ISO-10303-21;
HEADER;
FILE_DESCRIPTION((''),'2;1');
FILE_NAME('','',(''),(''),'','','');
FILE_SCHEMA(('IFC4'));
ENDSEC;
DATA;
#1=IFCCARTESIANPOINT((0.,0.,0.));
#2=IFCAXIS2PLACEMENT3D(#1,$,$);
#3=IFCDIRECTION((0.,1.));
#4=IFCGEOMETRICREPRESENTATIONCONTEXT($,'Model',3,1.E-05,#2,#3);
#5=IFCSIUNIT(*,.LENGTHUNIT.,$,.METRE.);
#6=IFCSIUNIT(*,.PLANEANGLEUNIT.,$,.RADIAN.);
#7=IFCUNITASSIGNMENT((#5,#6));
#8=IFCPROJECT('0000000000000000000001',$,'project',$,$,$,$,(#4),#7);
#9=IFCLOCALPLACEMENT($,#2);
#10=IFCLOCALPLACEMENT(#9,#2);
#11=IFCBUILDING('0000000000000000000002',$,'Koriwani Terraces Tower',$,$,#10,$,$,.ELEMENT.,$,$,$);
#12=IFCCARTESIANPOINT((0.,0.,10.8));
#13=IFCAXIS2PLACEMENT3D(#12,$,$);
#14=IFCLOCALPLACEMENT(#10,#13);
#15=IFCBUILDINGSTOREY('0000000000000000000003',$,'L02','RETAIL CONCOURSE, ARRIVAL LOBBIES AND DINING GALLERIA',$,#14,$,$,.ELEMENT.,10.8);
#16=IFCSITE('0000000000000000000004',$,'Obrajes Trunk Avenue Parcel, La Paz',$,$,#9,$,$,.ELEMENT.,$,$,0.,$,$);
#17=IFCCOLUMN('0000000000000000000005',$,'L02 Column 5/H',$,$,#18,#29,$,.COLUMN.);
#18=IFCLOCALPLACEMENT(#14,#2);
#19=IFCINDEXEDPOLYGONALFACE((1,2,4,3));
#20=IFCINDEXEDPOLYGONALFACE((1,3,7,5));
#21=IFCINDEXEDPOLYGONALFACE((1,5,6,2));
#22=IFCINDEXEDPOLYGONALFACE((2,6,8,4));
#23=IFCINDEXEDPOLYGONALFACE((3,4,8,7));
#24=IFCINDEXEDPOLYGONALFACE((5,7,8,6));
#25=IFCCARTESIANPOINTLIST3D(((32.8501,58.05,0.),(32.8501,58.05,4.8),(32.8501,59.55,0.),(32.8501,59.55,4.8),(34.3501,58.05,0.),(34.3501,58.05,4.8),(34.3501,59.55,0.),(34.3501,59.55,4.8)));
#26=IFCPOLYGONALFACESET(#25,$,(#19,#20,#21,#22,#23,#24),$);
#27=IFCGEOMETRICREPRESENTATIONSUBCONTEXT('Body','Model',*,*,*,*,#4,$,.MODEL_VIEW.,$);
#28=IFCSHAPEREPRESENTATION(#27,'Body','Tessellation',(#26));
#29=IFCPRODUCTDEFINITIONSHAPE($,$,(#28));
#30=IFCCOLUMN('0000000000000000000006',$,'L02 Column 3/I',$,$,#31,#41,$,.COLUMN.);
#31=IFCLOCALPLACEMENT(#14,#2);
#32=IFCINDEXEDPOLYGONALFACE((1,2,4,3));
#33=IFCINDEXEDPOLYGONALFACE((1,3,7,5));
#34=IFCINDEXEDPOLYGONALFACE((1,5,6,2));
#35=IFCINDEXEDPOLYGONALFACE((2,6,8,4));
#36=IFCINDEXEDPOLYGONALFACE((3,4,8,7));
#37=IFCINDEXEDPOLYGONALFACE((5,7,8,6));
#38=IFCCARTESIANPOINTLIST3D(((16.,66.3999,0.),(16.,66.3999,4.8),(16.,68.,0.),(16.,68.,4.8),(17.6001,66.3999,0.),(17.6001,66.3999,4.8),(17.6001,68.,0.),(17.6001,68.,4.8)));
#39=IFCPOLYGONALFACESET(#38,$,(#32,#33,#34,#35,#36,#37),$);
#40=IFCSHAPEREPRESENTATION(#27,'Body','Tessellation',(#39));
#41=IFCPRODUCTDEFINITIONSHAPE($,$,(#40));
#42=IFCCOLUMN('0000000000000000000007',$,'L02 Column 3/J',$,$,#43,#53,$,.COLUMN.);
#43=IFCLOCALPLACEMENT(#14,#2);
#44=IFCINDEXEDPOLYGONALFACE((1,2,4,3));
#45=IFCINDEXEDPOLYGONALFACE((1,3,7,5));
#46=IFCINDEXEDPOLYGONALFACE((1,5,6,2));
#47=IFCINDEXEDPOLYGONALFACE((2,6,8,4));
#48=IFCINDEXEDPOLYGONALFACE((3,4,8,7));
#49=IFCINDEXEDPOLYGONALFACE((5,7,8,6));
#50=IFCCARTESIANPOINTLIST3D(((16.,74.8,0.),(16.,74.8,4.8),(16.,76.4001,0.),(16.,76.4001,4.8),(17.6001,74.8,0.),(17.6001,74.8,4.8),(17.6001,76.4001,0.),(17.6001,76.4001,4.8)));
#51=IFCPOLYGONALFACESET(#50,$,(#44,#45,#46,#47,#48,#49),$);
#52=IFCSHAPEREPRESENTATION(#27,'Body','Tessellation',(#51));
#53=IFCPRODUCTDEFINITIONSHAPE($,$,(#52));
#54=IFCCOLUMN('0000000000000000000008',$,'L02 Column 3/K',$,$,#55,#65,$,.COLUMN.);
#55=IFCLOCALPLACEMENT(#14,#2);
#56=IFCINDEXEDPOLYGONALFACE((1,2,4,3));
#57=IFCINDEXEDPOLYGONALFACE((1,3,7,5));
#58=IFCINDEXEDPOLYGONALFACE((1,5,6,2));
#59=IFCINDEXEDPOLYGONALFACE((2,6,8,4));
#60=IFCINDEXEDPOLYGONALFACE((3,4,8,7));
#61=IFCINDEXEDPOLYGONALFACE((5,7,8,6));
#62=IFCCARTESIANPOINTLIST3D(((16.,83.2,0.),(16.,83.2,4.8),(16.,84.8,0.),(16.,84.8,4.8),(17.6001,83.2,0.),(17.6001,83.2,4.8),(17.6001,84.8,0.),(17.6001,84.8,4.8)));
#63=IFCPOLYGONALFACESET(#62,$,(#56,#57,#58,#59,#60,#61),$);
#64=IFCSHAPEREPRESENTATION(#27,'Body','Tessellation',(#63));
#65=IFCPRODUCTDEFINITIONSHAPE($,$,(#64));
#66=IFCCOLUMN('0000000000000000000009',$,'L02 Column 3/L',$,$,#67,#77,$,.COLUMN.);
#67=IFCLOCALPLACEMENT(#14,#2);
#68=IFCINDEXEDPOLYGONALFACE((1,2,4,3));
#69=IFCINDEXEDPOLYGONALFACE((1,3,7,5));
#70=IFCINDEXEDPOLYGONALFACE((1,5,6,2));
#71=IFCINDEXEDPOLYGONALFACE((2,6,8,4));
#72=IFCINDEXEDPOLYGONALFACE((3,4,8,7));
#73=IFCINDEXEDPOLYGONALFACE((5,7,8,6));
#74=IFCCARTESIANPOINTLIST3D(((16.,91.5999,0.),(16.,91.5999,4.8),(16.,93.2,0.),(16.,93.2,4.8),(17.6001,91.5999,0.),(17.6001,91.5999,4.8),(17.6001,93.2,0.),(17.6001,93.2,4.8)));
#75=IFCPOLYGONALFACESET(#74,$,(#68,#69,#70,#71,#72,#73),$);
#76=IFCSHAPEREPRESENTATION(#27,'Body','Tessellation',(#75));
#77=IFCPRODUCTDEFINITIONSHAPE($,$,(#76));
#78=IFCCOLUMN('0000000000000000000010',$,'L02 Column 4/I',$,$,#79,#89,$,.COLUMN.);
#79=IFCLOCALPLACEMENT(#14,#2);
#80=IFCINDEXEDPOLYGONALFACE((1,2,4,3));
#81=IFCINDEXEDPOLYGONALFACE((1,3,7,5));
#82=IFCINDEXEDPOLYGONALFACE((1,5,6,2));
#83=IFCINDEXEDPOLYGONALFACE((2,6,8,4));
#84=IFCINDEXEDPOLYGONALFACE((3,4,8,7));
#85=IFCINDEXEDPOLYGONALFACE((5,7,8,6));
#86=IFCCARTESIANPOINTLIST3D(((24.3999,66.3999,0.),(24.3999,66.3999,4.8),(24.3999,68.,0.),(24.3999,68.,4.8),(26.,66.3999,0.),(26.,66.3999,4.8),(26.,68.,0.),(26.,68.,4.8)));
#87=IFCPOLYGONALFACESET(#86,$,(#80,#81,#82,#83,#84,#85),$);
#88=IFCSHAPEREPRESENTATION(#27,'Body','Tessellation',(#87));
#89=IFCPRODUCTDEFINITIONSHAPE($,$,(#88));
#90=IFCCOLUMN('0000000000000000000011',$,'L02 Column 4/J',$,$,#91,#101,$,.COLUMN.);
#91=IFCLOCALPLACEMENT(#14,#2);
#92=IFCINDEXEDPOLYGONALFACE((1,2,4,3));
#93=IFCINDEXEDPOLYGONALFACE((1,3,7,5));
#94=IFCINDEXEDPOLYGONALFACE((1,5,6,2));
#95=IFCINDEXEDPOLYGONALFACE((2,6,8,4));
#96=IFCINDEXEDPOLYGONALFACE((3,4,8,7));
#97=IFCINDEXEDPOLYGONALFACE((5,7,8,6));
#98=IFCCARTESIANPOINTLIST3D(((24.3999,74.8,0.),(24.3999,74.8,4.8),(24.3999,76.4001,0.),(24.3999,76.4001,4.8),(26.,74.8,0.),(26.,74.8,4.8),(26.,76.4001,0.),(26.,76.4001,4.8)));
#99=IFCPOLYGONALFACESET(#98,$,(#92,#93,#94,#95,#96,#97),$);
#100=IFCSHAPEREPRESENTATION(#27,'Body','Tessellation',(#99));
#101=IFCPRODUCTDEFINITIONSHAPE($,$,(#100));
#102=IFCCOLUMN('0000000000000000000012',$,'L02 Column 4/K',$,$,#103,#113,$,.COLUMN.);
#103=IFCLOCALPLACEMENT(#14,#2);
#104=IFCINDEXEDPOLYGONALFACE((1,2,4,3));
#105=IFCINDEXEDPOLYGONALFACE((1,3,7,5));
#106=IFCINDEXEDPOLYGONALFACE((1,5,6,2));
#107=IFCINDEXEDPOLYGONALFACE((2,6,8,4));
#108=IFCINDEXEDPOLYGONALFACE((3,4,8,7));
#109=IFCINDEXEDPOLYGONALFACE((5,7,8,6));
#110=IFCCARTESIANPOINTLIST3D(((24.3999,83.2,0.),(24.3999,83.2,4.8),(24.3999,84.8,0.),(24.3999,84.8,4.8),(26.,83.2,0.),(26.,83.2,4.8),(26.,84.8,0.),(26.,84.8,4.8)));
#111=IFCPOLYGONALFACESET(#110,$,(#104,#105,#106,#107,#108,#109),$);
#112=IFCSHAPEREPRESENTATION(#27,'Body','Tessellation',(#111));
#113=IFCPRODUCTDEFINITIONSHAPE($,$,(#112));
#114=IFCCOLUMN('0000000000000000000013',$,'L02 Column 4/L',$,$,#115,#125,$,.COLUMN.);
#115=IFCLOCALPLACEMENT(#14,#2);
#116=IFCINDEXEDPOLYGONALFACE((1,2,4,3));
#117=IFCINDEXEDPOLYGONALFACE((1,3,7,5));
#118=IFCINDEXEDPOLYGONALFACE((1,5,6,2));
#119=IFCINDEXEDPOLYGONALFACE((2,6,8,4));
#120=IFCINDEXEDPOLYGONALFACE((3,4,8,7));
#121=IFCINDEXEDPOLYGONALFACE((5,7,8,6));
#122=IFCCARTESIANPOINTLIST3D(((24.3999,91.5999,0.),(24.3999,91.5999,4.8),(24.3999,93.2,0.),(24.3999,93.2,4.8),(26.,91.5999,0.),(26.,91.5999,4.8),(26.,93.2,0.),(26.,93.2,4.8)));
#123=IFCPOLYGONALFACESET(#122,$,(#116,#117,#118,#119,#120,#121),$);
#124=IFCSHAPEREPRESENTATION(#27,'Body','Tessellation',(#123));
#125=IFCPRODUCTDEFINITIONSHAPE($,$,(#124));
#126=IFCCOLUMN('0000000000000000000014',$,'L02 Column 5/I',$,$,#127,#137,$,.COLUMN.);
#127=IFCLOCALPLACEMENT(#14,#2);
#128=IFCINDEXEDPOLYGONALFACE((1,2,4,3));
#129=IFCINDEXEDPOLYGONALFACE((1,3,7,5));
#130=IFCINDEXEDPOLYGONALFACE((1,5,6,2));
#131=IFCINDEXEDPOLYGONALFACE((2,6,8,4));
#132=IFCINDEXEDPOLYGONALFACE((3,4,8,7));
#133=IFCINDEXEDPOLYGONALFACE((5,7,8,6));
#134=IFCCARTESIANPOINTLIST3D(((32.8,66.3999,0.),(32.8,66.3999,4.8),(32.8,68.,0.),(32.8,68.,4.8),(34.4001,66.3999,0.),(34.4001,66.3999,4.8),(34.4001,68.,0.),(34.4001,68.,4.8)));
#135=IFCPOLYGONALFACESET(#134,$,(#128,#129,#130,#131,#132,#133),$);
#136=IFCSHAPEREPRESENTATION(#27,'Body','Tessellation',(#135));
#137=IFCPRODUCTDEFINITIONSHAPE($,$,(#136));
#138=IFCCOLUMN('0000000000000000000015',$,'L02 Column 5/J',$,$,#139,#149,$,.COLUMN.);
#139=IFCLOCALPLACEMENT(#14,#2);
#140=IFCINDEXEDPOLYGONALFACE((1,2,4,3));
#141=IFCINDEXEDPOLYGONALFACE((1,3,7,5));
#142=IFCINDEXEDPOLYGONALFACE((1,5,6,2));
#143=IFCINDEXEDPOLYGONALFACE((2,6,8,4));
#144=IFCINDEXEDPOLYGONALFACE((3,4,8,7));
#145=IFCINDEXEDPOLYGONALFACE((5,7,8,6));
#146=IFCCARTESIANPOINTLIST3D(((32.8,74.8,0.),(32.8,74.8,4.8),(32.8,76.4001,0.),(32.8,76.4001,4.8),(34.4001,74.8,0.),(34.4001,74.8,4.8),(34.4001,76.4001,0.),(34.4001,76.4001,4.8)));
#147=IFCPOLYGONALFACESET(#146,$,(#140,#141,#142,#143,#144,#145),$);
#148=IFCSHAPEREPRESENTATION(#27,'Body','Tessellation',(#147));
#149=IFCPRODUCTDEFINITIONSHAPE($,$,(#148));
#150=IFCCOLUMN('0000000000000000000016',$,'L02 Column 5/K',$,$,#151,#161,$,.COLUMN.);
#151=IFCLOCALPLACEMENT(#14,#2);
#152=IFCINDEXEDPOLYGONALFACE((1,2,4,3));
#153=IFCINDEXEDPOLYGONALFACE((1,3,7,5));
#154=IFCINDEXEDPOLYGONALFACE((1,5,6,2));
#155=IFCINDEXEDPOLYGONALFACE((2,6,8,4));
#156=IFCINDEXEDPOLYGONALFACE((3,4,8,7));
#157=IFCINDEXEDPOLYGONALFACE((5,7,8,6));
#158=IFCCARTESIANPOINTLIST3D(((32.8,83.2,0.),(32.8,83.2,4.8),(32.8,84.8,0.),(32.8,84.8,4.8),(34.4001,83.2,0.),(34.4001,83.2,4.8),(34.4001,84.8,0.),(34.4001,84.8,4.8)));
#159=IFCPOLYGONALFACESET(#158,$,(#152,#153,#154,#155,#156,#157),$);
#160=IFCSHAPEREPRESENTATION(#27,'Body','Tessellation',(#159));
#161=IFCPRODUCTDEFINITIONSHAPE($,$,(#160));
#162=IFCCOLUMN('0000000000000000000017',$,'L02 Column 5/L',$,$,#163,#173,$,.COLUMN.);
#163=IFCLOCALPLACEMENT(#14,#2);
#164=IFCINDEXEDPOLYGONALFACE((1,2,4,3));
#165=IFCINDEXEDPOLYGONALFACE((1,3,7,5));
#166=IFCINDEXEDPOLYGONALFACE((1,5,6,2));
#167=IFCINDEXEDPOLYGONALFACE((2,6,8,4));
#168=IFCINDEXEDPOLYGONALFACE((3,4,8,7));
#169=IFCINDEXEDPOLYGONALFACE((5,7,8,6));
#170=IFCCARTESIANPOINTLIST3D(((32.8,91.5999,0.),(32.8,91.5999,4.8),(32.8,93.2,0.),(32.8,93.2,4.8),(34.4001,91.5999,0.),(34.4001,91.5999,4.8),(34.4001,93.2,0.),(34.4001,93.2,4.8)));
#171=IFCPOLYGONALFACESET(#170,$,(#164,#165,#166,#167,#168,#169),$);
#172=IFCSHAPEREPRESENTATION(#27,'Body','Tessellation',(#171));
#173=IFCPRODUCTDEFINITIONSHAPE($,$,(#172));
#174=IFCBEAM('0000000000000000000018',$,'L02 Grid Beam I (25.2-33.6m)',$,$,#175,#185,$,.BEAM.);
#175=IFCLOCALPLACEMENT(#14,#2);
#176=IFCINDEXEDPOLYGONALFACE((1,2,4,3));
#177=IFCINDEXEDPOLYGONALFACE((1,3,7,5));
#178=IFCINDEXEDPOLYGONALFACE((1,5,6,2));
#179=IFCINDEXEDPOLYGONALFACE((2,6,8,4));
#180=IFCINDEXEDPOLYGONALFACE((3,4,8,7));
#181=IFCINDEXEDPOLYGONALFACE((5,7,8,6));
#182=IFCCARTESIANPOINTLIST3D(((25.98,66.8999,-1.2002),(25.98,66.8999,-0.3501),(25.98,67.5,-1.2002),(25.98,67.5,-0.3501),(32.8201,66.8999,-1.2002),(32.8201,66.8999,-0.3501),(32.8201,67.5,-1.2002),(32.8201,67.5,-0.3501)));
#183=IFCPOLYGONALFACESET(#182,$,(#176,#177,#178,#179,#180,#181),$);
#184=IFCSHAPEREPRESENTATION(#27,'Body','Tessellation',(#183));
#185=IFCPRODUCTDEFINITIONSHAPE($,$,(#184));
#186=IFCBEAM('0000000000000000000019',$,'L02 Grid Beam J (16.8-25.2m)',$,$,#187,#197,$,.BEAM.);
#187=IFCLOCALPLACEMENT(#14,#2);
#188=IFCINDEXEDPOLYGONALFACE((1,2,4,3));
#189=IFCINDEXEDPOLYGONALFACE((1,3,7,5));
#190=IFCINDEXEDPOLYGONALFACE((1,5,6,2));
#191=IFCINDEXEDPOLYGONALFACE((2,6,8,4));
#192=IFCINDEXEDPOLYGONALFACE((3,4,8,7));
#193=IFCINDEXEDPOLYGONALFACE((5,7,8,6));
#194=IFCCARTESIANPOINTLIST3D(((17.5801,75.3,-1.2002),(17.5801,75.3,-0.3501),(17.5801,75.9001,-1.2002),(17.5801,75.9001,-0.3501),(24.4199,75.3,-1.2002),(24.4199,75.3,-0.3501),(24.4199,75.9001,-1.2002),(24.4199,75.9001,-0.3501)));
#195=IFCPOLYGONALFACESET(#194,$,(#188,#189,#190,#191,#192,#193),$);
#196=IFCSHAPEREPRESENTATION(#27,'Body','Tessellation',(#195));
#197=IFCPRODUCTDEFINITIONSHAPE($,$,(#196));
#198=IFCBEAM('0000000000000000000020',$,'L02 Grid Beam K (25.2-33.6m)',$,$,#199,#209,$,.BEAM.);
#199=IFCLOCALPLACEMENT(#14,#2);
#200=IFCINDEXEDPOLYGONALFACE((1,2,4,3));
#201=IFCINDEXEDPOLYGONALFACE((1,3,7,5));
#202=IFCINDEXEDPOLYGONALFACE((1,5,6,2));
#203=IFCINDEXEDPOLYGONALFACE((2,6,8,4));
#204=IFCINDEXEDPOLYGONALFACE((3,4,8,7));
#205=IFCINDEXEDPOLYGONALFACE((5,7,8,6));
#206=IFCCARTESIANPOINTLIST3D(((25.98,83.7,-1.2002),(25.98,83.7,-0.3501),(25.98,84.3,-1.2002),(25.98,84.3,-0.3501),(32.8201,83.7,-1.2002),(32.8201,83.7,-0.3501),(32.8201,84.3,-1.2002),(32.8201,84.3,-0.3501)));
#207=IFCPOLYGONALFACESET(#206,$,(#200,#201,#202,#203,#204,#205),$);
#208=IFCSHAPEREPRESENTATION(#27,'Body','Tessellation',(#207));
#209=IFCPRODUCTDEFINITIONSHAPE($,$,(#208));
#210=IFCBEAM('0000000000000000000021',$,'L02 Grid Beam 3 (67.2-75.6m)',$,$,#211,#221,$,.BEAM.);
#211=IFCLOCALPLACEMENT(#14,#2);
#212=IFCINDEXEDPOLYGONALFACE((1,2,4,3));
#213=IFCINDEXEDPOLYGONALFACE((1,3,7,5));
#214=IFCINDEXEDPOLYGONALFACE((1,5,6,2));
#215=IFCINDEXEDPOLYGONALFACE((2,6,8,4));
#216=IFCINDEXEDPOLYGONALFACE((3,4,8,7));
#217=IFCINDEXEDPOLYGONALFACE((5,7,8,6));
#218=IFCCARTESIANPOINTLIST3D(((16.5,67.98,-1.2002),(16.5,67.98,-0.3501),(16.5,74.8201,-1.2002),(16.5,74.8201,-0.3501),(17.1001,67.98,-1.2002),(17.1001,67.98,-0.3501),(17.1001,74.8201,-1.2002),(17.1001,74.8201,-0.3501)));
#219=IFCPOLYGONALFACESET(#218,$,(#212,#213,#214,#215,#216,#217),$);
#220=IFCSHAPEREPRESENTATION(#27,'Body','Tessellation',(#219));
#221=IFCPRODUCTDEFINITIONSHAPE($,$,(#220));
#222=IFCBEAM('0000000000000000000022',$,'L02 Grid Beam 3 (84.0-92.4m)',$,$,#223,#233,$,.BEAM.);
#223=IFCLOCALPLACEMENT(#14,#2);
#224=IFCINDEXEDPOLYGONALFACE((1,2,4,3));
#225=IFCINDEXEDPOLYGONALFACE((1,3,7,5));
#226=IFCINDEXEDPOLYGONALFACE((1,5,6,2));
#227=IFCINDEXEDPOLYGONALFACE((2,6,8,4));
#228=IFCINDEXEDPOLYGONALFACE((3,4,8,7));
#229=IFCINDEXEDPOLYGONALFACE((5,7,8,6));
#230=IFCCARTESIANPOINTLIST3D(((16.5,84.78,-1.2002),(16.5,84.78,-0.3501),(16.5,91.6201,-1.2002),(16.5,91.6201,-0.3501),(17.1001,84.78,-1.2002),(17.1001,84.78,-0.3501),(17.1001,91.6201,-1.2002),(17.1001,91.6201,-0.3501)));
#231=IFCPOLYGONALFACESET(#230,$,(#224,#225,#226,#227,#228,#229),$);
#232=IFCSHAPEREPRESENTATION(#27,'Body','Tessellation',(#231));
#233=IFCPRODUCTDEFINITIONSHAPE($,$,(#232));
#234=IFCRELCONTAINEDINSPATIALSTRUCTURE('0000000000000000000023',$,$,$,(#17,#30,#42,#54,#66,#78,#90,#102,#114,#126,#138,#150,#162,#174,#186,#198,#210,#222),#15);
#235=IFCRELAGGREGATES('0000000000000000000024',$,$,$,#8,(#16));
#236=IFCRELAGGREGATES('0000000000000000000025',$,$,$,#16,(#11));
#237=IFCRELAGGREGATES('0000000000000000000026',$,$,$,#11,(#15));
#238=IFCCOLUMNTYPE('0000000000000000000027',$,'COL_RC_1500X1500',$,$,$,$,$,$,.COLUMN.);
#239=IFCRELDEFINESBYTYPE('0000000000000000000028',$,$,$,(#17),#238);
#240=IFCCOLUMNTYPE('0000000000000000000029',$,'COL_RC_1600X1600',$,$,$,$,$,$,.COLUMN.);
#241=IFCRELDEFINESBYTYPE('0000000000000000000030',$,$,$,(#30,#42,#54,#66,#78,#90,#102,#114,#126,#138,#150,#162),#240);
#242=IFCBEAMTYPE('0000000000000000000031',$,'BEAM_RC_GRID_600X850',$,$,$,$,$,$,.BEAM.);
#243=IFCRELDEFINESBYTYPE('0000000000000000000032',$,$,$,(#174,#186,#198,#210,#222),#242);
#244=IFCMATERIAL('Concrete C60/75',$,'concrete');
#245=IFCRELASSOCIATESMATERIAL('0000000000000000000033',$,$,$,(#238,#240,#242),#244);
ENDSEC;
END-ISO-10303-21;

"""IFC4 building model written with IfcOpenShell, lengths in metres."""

from ifc_helpers import new_model, si_unit, direction, frame, origin, origin_2d, place, context, subcontext, project, spatial, rectangle, extrude, material, material_profile, profile_set, type_object, element, save


model = new_model("IFC4")

# Units and contexts
model_context = context("Model", 3, precision=1e-05, world=origin(), true_north=direction((0.0, 1.0)))
body_context = subcontext(model_context, "Body", "Model", "MODEL_VIEW")
ifc_project = project(units=[si_unit("LENGTHUNIT", "METRE"), si_unit("PLANEANGLEUNIT", "RADIAN")], contexts=[model_context])

# Site, building, storey
site_placement = place(None, origin())
site = spatial("IfcSite", under=ifc_project, at=site_placement, Name="Obrajes Trunk Avenue Parcel, La Paz", CompositionType="ELEMENT", RefElevation=0.0)
building_placement = place(site_placement, origin())
building = spatial("IfcBuilding", under=site, at=building_placement, Name="Koriwani Terraces Tower", CompositionType="ELEMENT")
storey_placement = place(building_placement, frame((0.0, 0.0, 10.8)))
storey = spatial("IfcBuildingStorey", under=building, at=storey_placement, Name="L02", Description="RETAIL CONCOURSE, ARRIVAL LOBBIES AND DINING GALLERIA", CompositionType="ELEMENT", Elevation=10.8)

# Columns
ifc_material_1 = material(Name="Concrete C60/75", Category="concrete")
ifc_material_profile_1 = material_profile(ifc_material_1, rectangle(XDim=1.5, YDim=1.5, at=origin_2d()), Name="Concrete C60/75", Category="LoadBearing")
ifc_profile_set_1 = profile_set([ifc_material_profile_1], Name="Concrete C60/75")
column_type_1 = type_object("IfcColumnType", Name="COL_RC_1500X1500", PredefinedType="COLUMN", material=ifc_profile_set_1)
column_placement = place(storey_placement, frame((33.6001, 58.8, 0.0), z_axis=(0.0, 0.0, 1.0), x_axis=(1.0, 0.0, 0.0)))
element("IfcColumn", 1, at=column_placement, inside=storey, type_object=column_type_1, Name="L02 Column 5/H", PredefinedType="COLUMN", context=body_context, shape_type="SweptSolid", body=[
    extrude(rectangle(XDim=1.5, YDim=1.5, at=origin_2d()), origin(), (0.0, 0.0, 1.0), 4.8),
])
ifc_material_profile_2 = material_profile(ifc_material_1, rectangle(XDim=1.6001, YDim=1.6001, at=origin_2d()), Name="Concrete C60/75", Category="LoadBearing")
ifc_profile_set_2 = profile_set([ifc_material_profile_2], Name="Concrete C60/75")
column_type_2 = type_object("IfcColumnType", Name="COL_RC_1600X1600", PredefinedType="COLUMN", material=ifc_profile_set_2)
for number, where, z_axis, x_axis, name in (
    (2, (16.8, 67.2, 0.0), (0.0, 0.0, 1.0), (1.0, 0.0, 0.0), "L02 Column 3/I"),
    (3, (16.8, 75.6001, 0.0), (0.0, 0.0, 1.0), (1.0, 0.0, 0.0), "L02 Column 3/J"),
    (4, (16.8, 84.0, 0.0), (0.0, 0.0, 1.0), (1.0, 0.0, 0.0), "L02 Column 3/K"),
    (5, (16.8, 92.3999, 0.0), (0.0, 0.0, 1.0), (1.0, 0.0, 0.0), "L02 Column 3/L"),
    (6, (25.2, 67.2, 0.0), (0.0, 0.0, 1.0), (1.0, 0.0, 0.0), "L02 Column 4/I"),
    (7, (25.2, 75.6001, 0.0), (0.0, 0.0, 1.0), (1.0, 0.0, 0.0), "L02 Column 4/J"),
    (8, (25.2, 84.0, 0.0), (0.0, 0.0, 1.0), (1.0, 0.0, 0.0), "L02 Column 4/K"),
    (9, (25.2, 92.3999, 0.0), (0.0, 0.0, 1.0), (1.0, 0.0, 0.0), "L02 Column 4/L"),
    (10, (33.6001, 67.2, 0.0), (0.0, 0.0, 1.0), (1.0, 0.0, 0.0), "L02 Column 5/I"),
    (11, (33.6001, 75.6001, 0.0), (0.0, 0.0, 1.0), (1.0, 0.0, 0.0), "L02 Column 5/J"),
    (12, (33.6001, 84.0, 0.0), (0.0, 0.0, 1.0), (1.0, 0.0, 0.0), "L02 Column 5/K"),
    (13, (33.6001, 92.3999, 0.0), (0.0, 0.0, 1.0), (1.0, 0.0, 0.0), "L02 Column 5/L"),
):
    element("IfcColumn", number, at=place(storey_placement, frame(where, z_axis=z_axis, x_axis=x_axis)), inside=storey, type_object=column_type_2, Name=name, PredefinedType="COLUMN", context=body_context, shape_type="SweptSolid", body=[
        extrude(rectangle(XDim=1.6001, YDim=1.6001, at=origin_2d()), origin(), (0.0, 0.0, 1.0), 4.8),
    ])

# Beams
ifc_material_profile_3 = material_profile(ifc_material_1, rectangle(XDim=0.6001, YDim=0.8501, at=origin_2d()), Name="Concrete C60/75", Category="LoadBearing")
ifc_profile_set_3 = profile_set([ifc_material_profile_3], Name="Concrete C60/75")
beam_type_1 = type_object("IfcBeamType", Name="BEAM_RC_GRID_600X850", PredefinedType="BEAM", material=ifc_profile_set_3)
beam_1_placement = place(storey_placement, frame((25.98, 67.2, -0.7751), z_axis=(1.0, 0.0, 0.0), x_axis=(0.0, 1.0, 0.0)))
element("IfcBeam", 14, at=beam_1_placement, inside=storey, type_object=beam_type_1, Name="L02 Grid Beam I (25.2-33.6m)", PredefinedType="BEAM", context=body_context, shape_type="SweptSolid", body=[
    extrude(rectangle(XDim=0.6001, YDim=0.8501, at=origin_2d()), origin(), (0.0, 0.0, 1.0), 6.8401),
])
beam_2_placement = place(storey_placement, frame((17.5801, 75.6001, -0.7751), z_axis=(1.0, 0.0, 0.0), x_axis=(0.0, 1.0, 0.0)))
element("IfcBeam", 15, at=beam_2_placement, inside=storey, type_object=beam_type_1, Name="L02 Grid Beam J (16.8-25.2m)", PredefinedType="BEAM", context=body_context, shape_type="SweptSolid", body=[
    extrude(rectangle(XDim=0.6001, YDim=0.8501, at=origin_2d()), origin(), (0.0, 0.0, 1.0), 6.8398),
])
for number, where, z_axis, x_axis, name in (
    (16, (25.98, 84.0, -0.7751), (1.0, 0.0, 0.0), (0.0, 1.0, 0.0), "L02 Grid Beam K (25.2-33.6m)"),
    (17, (16.8, 67.98, -0.7751), (0.0, 1.0, 0.0), (-1.0, 0.0, 0.0), "L02 Grid Beam 3 (67.2-75.6m)"),
    (18, (16.8, 84.78, -0.7751), (0.0, 1.0, 0.0), (-1.0, 0.0, 0.0), "L02 Grid Beam 3 (84.0-92.4m)"),
):
    element("IfcBeam", number, at=place(storey_placement, frame(where, z_axis=z_axis, x_axis=x_axis)), inside=storey, type_object=beam_type_1, Name=name, PredefinedType="BEAM", context=body_context, shape_type="SweptSolid", body=[
        extrude(rectangle(XDim=0.6001, YDim=0.8501, at=origin_2d()), origin(), (0.0, 0.0, 1.0), 6.8401),
    ])

save(model, "model.ifc")
